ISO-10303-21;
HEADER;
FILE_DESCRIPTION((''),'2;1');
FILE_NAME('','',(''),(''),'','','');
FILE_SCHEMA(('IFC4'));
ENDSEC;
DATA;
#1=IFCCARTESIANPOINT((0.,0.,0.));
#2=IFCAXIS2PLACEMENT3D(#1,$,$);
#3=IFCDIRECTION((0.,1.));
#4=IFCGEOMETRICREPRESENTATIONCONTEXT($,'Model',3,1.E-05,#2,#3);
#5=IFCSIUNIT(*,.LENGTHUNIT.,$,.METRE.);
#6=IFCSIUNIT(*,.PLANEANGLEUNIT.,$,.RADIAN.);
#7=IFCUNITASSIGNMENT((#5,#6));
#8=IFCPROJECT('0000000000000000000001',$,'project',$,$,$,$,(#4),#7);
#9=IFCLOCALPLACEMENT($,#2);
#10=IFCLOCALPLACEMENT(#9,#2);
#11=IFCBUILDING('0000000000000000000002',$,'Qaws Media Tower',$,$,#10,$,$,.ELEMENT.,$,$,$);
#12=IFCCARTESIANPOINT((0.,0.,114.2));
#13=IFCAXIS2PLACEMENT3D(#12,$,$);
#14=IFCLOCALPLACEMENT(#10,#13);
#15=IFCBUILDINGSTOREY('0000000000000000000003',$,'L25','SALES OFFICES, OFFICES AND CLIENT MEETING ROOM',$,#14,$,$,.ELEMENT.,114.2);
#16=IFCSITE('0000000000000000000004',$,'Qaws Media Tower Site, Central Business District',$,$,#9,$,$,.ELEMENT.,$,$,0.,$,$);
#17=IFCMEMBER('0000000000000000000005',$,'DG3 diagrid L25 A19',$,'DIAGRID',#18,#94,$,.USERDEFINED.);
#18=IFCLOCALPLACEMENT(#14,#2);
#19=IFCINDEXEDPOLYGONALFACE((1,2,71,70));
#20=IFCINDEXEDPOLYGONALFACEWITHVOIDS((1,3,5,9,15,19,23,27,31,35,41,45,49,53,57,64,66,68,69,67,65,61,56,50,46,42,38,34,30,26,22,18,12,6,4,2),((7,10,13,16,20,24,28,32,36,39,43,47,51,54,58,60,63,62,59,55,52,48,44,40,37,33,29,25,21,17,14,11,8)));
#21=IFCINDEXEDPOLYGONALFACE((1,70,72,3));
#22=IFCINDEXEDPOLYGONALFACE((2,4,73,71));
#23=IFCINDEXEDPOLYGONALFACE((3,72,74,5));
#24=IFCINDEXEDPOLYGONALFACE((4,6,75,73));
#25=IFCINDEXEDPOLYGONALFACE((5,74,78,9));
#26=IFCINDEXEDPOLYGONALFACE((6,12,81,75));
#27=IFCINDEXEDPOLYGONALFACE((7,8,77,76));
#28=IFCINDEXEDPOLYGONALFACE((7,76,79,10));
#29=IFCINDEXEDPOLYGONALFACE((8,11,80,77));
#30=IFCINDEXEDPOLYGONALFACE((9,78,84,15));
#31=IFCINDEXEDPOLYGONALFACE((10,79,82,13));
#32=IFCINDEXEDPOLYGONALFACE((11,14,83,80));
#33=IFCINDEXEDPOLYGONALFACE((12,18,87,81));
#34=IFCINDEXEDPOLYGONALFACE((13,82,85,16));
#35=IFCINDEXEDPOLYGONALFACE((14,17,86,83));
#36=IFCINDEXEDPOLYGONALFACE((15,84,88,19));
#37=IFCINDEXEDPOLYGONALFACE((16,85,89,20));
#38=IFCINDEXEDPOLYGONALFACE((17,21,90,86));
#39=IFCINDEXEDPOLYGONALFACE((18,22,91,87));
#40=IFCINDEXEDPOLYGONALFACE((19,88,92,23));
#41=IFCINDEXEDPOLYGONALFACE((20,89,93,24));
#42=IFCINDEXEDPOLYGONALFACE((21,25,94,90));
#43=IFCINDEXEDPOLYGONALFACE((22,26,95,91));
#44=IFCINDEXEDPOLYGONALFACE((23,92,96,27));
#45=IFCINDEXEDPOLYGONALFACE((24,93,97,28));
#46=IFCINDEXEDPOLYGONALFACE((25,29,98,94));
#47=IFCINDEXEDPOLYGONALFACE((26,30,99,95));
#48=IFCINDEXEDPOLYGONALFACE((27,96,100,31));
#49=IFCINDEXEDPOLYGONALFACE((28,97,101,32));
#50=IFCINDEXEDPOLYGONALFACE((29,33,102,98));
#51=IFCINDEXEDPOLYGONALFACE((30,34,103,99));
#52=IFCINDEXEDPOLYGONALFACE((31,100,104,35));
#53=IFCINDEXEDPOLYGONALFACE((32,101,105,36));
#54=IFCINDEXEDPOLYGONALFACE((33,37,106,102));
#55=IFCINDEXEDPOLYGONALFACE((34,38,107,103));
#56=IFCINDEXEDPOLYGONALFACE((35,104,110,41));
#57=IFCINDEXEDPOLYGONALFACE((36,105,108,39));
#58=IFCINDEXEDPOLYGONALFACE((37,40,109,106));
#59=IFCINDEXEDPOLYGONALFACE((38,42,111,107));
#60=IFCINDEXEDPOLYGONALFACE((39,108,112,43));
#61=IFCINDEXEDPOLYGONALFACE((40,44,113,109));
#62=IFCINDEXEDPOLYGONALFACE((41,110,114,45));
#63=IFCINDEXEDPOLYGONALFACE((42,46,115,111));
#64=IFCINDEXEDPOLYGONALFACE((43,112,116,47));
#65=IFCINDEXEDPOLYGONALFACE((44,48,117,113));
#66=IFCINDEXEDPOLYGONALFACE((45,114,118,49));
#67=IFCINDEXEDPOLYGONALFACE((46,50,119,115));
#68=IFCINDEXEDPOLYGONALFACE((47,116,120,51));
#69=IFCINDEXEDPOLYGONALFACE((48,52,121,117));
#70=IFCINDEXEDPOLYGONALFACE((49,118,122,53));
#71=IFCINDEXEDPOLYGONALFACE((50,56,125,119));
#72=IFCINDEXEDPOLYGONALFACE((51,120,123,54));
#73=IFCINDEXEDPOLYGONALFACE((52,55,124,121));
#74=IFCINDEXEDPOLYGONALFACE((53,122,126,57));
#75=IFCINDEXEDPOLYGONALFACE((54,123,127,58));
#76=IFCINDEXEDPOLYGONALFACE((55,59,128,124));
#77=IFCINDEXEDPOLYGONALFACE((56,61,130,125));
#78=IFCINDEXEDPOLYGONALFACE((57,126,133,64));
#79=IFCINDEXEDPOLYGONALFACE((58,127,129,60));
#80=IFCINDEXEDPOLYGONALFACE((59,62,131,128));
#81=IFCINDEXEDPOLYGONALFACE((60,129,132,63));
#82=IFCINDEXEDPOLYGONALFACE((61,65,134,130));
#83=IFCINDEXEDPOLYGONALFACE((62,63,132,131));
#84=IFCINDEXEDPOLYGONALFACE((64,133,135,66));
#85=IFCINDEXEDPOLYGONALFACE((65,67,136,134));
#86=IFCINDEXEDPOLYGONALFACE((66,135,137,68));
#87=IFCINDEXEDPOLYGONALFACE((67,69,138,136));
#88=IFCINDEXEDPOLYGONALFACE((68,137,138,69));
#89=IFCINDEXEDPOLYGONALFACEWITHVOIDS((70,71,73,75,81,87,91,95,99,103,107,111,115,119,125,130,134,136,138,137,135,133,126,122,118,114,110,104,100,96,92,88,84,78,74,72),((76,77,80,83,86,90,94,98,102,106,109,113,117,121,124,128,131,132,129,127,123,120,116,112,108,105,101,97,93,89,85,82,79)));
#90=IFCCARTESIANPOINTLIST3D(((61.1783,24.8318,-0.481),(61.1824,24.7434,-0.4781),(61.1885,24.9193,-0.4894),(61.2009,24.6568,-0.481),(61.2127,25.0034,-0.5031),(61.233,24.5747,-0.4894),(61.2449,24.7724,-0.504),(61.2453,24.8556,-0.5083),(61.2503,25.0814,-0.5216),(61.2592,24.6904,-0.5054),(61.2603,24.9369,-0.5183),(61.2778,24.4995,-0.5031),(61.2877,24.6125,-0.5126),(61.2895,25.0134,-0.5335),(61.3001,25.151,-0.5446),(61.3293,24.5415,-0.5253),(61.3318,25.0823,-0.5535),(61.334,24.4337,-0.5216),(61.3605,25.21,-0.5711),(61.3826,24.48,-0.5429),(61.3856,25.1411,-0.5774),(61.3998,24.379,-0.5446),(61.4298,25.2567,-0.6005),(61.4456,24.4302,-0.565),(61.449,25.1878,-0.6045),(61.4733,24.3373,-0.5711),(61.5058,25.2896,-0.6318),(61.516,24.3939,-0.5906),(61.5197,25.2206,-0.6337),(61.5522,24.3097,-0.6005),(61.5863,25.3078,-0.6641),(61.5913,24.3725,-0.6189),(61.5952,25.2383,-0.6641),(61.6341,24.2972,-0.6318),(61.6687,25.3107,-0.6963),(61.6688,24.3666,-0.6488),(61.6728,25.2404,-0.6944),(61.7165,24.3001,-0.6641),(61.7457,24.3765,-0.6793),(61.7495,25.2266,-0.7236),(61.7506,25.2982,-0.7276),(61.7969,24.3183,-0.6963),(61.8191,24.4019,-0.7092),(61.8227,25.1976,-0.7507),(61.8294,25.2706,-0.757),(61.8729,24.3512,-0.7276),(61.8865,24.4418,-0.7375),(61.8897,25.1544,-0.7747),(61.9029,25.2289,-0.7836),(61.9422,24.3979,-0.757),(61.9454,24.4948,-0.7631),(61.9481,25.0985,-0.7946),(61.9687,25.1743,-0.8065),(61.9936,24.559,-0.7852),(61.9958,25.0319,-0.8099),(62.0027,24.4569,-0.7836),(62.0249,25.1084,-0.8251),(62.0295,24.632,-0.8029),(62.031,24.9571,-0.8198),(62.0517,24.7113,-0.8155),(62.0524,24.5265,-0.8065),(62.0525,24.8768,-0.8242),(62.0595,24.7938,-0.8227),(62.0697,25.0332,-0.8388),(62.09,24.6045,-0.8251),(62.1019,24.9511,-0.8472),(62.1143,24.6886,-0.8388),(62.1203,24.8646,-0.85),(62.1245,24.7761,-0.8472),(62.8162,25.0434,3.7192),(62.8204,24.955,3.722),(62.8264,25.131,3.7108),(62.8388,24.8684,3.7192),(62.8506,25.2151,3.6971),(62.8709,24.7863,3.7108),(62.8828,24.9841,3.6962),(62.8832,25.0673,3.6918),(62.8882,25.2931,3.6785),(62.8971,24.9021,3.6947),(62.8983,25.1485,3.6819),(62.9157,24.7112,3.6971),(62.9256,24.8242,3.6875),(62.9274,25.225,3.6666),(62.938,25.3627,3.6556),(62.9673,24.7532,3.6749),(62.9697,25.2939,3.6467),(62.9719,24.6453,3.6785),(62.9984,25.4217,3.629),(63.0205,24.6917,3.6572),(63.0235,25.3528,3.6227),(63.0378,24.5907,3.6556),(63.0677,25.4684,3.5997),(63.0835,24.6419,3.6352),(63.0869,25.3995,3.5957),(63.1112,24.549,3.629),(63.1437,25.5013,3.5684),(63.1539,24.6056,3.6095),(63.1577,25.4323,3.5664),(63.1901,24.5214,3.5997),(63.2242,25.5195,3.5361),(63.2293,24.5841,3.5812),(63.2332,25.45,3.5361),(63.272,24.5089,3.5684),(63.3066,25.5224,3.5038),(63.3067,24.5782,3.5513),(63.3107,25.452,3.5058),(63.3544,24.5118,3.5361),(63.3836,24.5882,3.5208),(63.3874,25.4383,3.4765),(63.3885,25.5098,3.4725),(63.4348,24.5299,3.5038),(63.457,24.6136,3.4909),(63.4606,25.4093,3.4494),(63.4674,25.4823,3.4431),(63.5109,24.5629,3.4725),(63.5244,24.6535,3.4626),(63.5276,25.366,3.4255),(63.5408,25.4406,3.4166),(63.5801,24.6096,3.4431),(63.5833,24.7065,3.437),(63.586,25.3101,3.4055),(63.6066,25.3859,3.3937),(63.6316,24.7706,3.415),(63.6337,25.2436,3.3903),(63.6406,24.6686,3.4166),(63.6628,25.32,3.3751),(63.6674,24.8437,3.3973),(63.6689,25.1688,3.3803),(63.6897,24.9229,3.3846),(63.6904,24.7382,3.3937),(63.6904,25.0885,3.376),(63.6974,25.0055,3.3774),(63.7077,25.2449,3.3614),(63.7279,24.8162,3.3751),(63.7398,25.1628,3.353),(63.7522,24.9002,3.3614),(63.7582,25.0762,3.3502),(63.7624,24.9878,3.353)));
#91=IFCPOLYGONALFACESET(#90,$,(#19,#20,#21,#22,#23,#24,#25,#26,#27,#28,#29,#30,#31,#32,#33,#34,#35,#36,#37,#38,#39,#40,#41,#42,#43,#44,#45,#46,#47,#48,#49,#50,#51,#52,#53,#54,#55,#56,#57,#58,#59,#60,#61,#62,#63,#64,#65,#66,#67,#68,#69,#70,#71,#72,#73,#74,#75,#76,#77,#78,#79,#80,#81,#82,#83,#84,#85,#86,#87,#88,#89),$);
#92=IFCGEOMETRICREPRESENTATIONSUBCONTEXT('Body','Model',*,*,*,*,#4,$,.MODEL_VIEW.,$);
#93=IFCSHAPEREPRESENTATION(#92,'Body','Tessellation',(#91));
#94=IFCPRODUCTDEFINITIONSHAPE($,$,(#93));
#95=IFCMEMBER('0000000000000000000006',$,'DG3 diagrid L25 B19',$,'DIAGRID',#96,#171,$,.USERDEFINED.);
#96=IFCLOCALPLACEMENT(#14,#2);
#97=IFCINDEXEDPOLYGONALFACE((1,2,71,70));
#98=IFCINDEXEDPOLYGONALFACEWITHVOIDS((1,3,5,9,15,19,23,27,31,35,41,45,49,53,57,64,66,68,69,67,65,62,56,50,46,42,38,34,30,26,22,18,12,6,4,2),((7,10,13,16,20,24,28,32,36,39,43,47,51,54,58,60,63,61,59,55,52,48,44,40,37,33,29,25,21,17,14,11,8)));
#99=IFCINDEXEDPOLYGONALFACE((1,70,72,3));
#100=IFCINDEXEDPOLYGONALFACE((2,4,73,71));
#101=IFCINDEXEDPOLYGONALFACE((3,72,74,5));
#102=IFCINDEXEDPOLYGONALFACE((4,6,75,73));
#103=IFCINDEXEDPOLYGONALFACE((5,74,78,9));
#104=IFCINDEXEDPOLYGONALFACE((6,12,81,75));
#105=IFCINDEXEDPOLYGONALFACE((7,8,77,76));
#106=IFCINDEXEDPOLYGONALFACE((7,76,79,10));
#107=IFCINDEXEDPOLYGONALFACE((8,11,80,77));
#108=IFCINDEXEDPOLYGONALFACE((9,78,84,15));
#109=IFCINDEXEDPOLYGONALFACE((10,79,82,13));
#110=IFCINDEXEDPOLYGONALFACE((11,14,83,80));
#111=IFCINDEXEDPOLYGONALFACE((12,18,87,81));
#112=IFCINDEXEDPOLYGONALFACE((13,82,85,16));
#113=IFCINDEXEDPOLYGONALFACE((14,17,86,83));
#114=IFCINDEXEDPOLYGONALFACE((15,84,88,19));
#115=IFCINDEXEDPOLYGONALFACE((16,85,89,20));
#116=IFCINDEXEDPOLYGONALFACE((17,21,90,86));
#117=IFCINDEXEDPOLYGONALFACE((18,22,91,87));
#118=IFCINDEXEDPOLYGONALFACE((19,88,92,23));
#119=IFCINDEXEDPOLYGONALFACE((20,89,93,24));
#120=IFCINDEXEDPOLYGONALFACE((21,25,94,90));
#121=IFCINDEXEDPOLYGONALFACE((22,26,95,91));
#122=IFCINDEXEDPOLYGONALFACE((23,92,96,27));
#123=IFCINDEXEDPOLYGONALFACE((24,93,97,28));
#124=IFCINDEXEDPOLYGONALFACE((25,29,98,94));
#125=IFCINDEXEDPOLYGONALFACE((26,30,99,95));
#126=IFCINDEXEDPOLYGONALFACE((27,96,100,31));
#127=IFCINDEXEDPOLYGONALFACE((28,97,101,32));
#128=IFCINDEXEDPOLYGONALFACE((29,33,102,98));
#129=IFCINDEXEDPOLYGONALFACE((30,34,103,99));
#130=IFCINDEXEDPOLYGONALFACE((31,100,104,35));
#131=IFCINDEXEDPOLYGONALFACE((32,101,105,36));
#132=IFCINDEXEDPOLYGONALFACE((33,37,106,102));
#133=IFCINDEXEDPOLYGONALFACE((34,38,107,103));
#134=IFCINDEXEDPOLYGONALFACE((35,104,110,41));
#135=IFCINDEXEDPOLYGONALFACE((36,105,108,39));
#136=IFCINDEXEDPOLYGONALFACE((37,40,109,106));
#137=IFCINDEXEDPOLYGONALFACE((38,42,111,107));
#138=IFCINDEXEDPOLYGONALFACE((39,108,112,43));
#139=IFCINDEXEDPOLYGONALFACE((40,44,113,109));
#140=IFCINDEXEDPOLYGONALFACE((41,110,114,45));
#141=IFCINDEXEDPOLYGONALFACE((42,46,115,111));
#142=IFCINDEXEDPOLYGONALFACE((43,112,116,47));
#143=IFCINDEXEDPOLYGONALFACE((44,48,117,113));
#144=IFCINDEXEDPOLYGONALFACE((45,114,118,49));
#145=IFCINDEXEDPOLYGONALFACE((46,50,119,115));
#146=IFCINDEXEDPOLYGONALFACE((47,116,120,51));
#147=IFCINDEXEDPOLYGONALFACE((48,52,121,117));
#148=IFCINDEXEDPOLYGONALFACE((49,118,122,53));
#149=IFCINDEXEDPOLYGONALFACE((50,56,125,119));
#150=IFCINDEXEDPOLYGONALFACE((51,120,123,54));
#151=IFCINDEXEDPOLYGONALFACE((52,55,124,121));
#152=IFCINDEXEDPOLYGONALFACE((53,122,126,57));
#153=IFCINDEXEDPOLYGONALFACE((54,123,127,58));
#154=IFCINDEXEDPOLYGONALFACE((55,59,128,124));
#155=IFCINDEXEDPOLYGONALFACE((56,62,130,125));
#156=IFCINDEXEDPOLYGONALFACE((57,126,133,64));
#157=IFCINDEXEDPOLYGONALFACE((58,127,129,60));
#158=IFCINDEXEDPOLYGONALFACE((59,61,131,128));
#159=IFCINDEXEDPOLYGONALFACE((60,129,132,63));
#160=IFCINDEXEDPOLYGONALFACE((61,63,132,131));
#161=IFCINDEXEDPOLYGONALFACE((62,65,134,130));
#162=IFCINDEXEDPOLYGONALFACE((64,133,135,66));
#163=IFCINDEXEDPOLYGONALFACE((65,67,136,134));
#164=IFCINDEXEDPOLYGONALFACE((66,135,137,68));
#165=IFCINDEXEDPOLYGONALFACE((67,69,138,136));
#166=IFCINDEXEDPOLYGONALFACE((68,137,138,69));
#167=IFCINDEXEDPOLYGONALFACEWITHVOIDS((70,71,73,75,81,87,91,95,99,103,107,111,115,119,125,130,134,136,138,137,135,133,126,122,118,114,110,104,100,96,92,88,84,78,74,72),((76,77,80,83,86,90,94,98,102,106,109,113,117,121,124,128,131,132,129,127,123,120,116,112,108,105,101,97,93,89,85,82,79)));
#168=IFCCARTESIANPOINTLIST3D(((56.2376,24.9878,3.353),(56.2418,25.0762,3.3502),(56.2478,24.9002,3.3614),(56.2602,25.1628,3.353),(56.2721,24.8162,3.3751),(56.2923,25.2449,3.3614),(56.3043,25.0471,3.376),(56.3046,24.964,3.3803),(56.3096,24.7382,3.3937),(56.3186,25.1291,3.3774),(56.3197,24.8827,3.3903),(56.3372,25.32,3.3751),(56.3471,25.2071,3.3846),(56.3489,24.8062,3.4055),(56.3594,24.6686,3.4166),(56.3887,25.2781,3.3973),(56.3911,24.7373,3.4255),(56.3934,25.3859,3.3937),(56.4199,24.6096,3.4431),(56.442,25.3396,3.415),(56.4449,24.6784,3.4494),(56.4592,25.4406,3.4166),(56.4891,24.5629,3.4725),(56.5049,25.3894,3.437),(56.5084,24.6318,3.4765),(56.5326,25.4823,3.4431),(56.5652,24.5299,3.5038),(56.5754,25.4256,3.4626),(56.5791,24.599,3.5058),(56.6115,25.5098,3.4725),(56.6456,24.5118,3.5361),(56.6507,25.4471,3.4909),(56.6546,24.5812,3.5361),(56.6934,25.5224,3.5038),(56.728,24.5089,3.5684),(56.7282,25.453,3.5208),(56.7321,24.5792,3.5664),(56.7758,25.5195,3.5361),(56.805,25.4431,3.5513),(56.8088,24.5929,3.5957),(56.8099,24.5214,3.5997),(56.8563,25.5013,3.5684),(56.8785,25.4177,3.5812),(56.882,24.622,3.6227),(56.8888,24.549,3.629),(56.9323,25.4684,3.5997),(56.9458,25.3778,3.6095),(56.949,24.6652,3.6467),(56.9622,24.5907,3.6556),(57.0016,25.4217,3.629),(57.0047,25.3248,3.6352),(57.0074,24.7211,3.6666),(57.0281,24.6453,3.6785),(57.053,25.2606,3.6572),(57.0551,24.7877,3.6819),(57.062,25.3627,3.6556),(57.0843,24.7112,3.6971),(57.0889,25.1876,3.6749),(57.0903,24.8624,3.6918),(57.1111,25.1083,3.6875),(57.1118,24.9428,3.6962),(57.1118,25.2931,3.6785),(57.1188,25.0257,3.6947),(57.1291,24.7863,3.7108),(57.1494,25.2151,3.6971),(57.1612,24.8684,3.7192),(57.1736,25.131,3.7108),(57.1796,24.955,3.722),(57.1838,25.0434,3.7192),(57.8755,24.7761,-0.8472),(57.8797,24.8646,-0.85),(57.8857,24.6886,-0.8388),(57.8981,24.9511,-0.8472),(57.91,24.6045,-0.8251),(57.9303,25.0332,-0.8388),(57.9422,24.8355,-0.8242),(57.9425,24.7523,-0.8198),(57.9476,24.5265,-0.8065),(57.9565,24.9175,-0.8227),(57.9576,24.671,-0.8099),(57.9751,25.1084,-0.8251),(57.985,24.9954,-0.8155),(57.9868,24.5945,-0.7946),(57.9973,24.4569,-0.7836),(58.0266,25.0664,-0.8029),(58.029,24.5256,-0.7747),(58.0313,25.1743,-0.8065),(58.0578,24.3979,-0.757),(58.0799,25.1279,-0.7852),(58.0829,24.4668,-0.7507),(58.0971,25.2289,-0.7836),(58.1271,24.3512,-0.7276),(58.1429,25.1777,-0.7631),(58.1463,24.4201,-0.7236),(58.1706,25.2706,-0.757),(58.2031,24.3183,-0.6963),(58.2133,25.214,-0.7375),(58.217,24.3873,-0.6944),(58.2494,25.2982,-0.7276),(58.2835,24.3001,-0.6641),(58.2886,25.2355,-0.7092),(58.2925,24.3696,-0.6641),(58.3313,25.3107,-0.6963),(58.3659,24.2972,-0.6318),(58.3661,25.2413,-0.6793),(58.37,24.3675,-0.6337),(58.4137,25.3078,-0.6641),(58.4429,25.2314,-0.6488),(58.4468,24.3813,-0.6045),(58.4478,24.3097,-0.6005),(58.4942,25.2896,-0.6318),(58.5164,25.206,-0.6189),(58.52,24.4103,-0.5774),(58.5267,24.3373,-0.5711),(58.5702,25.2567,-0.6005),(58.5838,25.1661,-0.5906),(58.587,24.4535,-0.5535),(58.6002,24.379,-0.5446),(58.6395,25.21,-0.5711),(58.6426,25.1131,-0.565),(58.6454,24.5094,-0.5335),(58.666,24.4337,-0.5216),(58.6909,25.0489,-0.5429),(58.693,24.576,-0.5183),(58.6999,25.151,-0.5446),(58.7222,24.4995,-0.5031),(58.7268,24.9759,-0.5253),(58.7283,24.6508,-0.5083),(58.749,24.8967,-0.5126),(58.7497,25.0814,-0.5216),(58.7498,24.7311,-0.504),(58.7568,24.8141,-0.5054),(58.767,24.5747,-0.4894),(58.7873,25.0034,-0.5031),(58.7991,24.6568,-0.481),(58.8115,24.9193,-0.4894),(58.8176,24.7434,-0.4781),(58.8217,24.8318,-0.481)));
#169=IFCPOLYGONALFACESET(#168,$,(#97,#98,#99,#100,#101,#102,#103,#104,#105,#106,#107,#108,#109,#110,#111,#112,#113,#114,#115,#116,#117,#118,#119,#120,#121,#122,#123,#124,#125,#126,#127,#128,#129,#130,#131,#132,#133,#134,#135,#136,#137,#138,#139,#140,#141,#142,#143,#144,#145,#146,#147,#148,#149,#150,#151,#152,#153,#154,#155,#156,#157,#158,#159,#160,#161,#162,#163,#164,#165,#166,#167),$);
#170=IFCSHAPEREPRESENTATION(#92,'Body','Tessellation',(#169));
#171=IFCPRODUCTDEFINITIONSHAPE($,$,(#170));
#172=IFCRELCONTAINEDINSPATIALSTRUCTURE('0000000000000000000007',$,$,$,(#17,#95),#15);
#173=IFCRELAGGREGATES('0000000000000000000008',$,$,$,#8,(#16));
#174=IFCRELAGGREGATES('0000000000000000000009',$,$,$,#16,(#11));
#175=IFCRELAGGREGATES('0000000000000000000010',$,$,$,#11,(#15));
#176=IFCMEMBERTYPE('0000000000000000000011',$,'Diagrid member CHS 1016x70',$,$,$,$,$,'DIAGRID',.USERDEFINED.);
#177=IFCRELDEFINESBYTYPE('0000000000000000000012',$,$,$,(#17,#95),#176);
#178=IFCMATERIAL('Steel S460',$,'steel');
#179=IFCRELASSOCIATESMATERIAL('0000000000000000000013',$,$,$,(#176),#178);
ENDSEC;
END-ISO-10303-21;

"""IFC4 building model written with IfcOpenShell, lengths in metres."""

from ifc_helpers import new_model, si_unit, direction, frame, origin, origin_2d, place, context, subcontext, project, spatial, hollow_circle, extrude, material, material_profile, profile_set, type_object, element, save


model = new_model("IFC4")

# Units and contexts
model_context = context("Model", 3, precision=1e-05, world=origin(), true_north=direction((0.0, 1.0)))
body_context = subcontext(model_context, "Body", "Model", "MODEL_VIEW")
ifc_project = project(units=[si_unit("LENGTHUNIT", "METRE"), si_unit("PLANEANGLEUNIT", "RADIAN")], contexts=[model_context])

# Site, building, storey
site_placement = place(None, origin())
site = spatial("IfcSite", under=ifc_project, at=site_placement, Name="Qaws Media Tower Site, Central Business District", CompositionType="ELEMENT", RefElevation=0.0)
building_placement = place(site_placement, origin())
building = spatial("IfcBuilding", under=site, at=building_placement, Name="Qaws Media Tower", CompositionType="ELEMENT")
storey_placement = place(building_placement, frame((0.0, 0.0, 114.2)))
storey = spatial("IfcBuildingStorey", under=building, at=storey_placement, Name="L25", Description="SALES OFFICES, OFFICES AND CLIENT MEETING ROOM", CompositionType="ELEMENT", Elevation=114.2)

# Members
ifc_material_1 = material(Name="Steel S460", Category="steel")
ifc_material_profile_1 = material_profile(ifc_material_1, hollow_circle(Radius=0.5081, WallThickness=0.0701, at=origin_2d()), Name="CHS 1016x70")
ifc_profile_set_1 = profile_set([ifc_material_profile_1], Name="Steel S460")
member_type_1 = type_object("IfcMemberType", Name="Diagrid member CHS 1016x70", ElementType="DIAGRID", PredefinedType="USERDEFINED", material=ifc_profile_set_1)
for number, where, z_axis, x_axis, name in (
    (1, (61.6514, 24.804, -0.6641), (0.362919, 0.0469, 0.93064), (-0.128164, 0.991753, 0.0), "DG3 diagrid L25 A19"),
    (2, (58.3486, 24.804, -0.6641), (-0.362919, 0.0469, 0.93064), (-0.128164, -0.991753, 0.0), "DG3 diagrid L25 B19"),
):
    element("IfcMember", number, at=place(storey_placement, frame(where, z_axis=z_axis, x_axis=x_axis)), inside=storey, type_object=member_type_1, Name=name, ObjectType="DIAGRID", PredefinedType="USERDEFINED", context=body_context, shape_type="SweptSolid", body=[
        extrude(hollow_circle(Radius=0.5081, WallThickness=0.0701, at=origin_2d()), origin(), (0.0, 0.0, 1.0), 4.5132),
    ])

save(model, "model.ifc")
